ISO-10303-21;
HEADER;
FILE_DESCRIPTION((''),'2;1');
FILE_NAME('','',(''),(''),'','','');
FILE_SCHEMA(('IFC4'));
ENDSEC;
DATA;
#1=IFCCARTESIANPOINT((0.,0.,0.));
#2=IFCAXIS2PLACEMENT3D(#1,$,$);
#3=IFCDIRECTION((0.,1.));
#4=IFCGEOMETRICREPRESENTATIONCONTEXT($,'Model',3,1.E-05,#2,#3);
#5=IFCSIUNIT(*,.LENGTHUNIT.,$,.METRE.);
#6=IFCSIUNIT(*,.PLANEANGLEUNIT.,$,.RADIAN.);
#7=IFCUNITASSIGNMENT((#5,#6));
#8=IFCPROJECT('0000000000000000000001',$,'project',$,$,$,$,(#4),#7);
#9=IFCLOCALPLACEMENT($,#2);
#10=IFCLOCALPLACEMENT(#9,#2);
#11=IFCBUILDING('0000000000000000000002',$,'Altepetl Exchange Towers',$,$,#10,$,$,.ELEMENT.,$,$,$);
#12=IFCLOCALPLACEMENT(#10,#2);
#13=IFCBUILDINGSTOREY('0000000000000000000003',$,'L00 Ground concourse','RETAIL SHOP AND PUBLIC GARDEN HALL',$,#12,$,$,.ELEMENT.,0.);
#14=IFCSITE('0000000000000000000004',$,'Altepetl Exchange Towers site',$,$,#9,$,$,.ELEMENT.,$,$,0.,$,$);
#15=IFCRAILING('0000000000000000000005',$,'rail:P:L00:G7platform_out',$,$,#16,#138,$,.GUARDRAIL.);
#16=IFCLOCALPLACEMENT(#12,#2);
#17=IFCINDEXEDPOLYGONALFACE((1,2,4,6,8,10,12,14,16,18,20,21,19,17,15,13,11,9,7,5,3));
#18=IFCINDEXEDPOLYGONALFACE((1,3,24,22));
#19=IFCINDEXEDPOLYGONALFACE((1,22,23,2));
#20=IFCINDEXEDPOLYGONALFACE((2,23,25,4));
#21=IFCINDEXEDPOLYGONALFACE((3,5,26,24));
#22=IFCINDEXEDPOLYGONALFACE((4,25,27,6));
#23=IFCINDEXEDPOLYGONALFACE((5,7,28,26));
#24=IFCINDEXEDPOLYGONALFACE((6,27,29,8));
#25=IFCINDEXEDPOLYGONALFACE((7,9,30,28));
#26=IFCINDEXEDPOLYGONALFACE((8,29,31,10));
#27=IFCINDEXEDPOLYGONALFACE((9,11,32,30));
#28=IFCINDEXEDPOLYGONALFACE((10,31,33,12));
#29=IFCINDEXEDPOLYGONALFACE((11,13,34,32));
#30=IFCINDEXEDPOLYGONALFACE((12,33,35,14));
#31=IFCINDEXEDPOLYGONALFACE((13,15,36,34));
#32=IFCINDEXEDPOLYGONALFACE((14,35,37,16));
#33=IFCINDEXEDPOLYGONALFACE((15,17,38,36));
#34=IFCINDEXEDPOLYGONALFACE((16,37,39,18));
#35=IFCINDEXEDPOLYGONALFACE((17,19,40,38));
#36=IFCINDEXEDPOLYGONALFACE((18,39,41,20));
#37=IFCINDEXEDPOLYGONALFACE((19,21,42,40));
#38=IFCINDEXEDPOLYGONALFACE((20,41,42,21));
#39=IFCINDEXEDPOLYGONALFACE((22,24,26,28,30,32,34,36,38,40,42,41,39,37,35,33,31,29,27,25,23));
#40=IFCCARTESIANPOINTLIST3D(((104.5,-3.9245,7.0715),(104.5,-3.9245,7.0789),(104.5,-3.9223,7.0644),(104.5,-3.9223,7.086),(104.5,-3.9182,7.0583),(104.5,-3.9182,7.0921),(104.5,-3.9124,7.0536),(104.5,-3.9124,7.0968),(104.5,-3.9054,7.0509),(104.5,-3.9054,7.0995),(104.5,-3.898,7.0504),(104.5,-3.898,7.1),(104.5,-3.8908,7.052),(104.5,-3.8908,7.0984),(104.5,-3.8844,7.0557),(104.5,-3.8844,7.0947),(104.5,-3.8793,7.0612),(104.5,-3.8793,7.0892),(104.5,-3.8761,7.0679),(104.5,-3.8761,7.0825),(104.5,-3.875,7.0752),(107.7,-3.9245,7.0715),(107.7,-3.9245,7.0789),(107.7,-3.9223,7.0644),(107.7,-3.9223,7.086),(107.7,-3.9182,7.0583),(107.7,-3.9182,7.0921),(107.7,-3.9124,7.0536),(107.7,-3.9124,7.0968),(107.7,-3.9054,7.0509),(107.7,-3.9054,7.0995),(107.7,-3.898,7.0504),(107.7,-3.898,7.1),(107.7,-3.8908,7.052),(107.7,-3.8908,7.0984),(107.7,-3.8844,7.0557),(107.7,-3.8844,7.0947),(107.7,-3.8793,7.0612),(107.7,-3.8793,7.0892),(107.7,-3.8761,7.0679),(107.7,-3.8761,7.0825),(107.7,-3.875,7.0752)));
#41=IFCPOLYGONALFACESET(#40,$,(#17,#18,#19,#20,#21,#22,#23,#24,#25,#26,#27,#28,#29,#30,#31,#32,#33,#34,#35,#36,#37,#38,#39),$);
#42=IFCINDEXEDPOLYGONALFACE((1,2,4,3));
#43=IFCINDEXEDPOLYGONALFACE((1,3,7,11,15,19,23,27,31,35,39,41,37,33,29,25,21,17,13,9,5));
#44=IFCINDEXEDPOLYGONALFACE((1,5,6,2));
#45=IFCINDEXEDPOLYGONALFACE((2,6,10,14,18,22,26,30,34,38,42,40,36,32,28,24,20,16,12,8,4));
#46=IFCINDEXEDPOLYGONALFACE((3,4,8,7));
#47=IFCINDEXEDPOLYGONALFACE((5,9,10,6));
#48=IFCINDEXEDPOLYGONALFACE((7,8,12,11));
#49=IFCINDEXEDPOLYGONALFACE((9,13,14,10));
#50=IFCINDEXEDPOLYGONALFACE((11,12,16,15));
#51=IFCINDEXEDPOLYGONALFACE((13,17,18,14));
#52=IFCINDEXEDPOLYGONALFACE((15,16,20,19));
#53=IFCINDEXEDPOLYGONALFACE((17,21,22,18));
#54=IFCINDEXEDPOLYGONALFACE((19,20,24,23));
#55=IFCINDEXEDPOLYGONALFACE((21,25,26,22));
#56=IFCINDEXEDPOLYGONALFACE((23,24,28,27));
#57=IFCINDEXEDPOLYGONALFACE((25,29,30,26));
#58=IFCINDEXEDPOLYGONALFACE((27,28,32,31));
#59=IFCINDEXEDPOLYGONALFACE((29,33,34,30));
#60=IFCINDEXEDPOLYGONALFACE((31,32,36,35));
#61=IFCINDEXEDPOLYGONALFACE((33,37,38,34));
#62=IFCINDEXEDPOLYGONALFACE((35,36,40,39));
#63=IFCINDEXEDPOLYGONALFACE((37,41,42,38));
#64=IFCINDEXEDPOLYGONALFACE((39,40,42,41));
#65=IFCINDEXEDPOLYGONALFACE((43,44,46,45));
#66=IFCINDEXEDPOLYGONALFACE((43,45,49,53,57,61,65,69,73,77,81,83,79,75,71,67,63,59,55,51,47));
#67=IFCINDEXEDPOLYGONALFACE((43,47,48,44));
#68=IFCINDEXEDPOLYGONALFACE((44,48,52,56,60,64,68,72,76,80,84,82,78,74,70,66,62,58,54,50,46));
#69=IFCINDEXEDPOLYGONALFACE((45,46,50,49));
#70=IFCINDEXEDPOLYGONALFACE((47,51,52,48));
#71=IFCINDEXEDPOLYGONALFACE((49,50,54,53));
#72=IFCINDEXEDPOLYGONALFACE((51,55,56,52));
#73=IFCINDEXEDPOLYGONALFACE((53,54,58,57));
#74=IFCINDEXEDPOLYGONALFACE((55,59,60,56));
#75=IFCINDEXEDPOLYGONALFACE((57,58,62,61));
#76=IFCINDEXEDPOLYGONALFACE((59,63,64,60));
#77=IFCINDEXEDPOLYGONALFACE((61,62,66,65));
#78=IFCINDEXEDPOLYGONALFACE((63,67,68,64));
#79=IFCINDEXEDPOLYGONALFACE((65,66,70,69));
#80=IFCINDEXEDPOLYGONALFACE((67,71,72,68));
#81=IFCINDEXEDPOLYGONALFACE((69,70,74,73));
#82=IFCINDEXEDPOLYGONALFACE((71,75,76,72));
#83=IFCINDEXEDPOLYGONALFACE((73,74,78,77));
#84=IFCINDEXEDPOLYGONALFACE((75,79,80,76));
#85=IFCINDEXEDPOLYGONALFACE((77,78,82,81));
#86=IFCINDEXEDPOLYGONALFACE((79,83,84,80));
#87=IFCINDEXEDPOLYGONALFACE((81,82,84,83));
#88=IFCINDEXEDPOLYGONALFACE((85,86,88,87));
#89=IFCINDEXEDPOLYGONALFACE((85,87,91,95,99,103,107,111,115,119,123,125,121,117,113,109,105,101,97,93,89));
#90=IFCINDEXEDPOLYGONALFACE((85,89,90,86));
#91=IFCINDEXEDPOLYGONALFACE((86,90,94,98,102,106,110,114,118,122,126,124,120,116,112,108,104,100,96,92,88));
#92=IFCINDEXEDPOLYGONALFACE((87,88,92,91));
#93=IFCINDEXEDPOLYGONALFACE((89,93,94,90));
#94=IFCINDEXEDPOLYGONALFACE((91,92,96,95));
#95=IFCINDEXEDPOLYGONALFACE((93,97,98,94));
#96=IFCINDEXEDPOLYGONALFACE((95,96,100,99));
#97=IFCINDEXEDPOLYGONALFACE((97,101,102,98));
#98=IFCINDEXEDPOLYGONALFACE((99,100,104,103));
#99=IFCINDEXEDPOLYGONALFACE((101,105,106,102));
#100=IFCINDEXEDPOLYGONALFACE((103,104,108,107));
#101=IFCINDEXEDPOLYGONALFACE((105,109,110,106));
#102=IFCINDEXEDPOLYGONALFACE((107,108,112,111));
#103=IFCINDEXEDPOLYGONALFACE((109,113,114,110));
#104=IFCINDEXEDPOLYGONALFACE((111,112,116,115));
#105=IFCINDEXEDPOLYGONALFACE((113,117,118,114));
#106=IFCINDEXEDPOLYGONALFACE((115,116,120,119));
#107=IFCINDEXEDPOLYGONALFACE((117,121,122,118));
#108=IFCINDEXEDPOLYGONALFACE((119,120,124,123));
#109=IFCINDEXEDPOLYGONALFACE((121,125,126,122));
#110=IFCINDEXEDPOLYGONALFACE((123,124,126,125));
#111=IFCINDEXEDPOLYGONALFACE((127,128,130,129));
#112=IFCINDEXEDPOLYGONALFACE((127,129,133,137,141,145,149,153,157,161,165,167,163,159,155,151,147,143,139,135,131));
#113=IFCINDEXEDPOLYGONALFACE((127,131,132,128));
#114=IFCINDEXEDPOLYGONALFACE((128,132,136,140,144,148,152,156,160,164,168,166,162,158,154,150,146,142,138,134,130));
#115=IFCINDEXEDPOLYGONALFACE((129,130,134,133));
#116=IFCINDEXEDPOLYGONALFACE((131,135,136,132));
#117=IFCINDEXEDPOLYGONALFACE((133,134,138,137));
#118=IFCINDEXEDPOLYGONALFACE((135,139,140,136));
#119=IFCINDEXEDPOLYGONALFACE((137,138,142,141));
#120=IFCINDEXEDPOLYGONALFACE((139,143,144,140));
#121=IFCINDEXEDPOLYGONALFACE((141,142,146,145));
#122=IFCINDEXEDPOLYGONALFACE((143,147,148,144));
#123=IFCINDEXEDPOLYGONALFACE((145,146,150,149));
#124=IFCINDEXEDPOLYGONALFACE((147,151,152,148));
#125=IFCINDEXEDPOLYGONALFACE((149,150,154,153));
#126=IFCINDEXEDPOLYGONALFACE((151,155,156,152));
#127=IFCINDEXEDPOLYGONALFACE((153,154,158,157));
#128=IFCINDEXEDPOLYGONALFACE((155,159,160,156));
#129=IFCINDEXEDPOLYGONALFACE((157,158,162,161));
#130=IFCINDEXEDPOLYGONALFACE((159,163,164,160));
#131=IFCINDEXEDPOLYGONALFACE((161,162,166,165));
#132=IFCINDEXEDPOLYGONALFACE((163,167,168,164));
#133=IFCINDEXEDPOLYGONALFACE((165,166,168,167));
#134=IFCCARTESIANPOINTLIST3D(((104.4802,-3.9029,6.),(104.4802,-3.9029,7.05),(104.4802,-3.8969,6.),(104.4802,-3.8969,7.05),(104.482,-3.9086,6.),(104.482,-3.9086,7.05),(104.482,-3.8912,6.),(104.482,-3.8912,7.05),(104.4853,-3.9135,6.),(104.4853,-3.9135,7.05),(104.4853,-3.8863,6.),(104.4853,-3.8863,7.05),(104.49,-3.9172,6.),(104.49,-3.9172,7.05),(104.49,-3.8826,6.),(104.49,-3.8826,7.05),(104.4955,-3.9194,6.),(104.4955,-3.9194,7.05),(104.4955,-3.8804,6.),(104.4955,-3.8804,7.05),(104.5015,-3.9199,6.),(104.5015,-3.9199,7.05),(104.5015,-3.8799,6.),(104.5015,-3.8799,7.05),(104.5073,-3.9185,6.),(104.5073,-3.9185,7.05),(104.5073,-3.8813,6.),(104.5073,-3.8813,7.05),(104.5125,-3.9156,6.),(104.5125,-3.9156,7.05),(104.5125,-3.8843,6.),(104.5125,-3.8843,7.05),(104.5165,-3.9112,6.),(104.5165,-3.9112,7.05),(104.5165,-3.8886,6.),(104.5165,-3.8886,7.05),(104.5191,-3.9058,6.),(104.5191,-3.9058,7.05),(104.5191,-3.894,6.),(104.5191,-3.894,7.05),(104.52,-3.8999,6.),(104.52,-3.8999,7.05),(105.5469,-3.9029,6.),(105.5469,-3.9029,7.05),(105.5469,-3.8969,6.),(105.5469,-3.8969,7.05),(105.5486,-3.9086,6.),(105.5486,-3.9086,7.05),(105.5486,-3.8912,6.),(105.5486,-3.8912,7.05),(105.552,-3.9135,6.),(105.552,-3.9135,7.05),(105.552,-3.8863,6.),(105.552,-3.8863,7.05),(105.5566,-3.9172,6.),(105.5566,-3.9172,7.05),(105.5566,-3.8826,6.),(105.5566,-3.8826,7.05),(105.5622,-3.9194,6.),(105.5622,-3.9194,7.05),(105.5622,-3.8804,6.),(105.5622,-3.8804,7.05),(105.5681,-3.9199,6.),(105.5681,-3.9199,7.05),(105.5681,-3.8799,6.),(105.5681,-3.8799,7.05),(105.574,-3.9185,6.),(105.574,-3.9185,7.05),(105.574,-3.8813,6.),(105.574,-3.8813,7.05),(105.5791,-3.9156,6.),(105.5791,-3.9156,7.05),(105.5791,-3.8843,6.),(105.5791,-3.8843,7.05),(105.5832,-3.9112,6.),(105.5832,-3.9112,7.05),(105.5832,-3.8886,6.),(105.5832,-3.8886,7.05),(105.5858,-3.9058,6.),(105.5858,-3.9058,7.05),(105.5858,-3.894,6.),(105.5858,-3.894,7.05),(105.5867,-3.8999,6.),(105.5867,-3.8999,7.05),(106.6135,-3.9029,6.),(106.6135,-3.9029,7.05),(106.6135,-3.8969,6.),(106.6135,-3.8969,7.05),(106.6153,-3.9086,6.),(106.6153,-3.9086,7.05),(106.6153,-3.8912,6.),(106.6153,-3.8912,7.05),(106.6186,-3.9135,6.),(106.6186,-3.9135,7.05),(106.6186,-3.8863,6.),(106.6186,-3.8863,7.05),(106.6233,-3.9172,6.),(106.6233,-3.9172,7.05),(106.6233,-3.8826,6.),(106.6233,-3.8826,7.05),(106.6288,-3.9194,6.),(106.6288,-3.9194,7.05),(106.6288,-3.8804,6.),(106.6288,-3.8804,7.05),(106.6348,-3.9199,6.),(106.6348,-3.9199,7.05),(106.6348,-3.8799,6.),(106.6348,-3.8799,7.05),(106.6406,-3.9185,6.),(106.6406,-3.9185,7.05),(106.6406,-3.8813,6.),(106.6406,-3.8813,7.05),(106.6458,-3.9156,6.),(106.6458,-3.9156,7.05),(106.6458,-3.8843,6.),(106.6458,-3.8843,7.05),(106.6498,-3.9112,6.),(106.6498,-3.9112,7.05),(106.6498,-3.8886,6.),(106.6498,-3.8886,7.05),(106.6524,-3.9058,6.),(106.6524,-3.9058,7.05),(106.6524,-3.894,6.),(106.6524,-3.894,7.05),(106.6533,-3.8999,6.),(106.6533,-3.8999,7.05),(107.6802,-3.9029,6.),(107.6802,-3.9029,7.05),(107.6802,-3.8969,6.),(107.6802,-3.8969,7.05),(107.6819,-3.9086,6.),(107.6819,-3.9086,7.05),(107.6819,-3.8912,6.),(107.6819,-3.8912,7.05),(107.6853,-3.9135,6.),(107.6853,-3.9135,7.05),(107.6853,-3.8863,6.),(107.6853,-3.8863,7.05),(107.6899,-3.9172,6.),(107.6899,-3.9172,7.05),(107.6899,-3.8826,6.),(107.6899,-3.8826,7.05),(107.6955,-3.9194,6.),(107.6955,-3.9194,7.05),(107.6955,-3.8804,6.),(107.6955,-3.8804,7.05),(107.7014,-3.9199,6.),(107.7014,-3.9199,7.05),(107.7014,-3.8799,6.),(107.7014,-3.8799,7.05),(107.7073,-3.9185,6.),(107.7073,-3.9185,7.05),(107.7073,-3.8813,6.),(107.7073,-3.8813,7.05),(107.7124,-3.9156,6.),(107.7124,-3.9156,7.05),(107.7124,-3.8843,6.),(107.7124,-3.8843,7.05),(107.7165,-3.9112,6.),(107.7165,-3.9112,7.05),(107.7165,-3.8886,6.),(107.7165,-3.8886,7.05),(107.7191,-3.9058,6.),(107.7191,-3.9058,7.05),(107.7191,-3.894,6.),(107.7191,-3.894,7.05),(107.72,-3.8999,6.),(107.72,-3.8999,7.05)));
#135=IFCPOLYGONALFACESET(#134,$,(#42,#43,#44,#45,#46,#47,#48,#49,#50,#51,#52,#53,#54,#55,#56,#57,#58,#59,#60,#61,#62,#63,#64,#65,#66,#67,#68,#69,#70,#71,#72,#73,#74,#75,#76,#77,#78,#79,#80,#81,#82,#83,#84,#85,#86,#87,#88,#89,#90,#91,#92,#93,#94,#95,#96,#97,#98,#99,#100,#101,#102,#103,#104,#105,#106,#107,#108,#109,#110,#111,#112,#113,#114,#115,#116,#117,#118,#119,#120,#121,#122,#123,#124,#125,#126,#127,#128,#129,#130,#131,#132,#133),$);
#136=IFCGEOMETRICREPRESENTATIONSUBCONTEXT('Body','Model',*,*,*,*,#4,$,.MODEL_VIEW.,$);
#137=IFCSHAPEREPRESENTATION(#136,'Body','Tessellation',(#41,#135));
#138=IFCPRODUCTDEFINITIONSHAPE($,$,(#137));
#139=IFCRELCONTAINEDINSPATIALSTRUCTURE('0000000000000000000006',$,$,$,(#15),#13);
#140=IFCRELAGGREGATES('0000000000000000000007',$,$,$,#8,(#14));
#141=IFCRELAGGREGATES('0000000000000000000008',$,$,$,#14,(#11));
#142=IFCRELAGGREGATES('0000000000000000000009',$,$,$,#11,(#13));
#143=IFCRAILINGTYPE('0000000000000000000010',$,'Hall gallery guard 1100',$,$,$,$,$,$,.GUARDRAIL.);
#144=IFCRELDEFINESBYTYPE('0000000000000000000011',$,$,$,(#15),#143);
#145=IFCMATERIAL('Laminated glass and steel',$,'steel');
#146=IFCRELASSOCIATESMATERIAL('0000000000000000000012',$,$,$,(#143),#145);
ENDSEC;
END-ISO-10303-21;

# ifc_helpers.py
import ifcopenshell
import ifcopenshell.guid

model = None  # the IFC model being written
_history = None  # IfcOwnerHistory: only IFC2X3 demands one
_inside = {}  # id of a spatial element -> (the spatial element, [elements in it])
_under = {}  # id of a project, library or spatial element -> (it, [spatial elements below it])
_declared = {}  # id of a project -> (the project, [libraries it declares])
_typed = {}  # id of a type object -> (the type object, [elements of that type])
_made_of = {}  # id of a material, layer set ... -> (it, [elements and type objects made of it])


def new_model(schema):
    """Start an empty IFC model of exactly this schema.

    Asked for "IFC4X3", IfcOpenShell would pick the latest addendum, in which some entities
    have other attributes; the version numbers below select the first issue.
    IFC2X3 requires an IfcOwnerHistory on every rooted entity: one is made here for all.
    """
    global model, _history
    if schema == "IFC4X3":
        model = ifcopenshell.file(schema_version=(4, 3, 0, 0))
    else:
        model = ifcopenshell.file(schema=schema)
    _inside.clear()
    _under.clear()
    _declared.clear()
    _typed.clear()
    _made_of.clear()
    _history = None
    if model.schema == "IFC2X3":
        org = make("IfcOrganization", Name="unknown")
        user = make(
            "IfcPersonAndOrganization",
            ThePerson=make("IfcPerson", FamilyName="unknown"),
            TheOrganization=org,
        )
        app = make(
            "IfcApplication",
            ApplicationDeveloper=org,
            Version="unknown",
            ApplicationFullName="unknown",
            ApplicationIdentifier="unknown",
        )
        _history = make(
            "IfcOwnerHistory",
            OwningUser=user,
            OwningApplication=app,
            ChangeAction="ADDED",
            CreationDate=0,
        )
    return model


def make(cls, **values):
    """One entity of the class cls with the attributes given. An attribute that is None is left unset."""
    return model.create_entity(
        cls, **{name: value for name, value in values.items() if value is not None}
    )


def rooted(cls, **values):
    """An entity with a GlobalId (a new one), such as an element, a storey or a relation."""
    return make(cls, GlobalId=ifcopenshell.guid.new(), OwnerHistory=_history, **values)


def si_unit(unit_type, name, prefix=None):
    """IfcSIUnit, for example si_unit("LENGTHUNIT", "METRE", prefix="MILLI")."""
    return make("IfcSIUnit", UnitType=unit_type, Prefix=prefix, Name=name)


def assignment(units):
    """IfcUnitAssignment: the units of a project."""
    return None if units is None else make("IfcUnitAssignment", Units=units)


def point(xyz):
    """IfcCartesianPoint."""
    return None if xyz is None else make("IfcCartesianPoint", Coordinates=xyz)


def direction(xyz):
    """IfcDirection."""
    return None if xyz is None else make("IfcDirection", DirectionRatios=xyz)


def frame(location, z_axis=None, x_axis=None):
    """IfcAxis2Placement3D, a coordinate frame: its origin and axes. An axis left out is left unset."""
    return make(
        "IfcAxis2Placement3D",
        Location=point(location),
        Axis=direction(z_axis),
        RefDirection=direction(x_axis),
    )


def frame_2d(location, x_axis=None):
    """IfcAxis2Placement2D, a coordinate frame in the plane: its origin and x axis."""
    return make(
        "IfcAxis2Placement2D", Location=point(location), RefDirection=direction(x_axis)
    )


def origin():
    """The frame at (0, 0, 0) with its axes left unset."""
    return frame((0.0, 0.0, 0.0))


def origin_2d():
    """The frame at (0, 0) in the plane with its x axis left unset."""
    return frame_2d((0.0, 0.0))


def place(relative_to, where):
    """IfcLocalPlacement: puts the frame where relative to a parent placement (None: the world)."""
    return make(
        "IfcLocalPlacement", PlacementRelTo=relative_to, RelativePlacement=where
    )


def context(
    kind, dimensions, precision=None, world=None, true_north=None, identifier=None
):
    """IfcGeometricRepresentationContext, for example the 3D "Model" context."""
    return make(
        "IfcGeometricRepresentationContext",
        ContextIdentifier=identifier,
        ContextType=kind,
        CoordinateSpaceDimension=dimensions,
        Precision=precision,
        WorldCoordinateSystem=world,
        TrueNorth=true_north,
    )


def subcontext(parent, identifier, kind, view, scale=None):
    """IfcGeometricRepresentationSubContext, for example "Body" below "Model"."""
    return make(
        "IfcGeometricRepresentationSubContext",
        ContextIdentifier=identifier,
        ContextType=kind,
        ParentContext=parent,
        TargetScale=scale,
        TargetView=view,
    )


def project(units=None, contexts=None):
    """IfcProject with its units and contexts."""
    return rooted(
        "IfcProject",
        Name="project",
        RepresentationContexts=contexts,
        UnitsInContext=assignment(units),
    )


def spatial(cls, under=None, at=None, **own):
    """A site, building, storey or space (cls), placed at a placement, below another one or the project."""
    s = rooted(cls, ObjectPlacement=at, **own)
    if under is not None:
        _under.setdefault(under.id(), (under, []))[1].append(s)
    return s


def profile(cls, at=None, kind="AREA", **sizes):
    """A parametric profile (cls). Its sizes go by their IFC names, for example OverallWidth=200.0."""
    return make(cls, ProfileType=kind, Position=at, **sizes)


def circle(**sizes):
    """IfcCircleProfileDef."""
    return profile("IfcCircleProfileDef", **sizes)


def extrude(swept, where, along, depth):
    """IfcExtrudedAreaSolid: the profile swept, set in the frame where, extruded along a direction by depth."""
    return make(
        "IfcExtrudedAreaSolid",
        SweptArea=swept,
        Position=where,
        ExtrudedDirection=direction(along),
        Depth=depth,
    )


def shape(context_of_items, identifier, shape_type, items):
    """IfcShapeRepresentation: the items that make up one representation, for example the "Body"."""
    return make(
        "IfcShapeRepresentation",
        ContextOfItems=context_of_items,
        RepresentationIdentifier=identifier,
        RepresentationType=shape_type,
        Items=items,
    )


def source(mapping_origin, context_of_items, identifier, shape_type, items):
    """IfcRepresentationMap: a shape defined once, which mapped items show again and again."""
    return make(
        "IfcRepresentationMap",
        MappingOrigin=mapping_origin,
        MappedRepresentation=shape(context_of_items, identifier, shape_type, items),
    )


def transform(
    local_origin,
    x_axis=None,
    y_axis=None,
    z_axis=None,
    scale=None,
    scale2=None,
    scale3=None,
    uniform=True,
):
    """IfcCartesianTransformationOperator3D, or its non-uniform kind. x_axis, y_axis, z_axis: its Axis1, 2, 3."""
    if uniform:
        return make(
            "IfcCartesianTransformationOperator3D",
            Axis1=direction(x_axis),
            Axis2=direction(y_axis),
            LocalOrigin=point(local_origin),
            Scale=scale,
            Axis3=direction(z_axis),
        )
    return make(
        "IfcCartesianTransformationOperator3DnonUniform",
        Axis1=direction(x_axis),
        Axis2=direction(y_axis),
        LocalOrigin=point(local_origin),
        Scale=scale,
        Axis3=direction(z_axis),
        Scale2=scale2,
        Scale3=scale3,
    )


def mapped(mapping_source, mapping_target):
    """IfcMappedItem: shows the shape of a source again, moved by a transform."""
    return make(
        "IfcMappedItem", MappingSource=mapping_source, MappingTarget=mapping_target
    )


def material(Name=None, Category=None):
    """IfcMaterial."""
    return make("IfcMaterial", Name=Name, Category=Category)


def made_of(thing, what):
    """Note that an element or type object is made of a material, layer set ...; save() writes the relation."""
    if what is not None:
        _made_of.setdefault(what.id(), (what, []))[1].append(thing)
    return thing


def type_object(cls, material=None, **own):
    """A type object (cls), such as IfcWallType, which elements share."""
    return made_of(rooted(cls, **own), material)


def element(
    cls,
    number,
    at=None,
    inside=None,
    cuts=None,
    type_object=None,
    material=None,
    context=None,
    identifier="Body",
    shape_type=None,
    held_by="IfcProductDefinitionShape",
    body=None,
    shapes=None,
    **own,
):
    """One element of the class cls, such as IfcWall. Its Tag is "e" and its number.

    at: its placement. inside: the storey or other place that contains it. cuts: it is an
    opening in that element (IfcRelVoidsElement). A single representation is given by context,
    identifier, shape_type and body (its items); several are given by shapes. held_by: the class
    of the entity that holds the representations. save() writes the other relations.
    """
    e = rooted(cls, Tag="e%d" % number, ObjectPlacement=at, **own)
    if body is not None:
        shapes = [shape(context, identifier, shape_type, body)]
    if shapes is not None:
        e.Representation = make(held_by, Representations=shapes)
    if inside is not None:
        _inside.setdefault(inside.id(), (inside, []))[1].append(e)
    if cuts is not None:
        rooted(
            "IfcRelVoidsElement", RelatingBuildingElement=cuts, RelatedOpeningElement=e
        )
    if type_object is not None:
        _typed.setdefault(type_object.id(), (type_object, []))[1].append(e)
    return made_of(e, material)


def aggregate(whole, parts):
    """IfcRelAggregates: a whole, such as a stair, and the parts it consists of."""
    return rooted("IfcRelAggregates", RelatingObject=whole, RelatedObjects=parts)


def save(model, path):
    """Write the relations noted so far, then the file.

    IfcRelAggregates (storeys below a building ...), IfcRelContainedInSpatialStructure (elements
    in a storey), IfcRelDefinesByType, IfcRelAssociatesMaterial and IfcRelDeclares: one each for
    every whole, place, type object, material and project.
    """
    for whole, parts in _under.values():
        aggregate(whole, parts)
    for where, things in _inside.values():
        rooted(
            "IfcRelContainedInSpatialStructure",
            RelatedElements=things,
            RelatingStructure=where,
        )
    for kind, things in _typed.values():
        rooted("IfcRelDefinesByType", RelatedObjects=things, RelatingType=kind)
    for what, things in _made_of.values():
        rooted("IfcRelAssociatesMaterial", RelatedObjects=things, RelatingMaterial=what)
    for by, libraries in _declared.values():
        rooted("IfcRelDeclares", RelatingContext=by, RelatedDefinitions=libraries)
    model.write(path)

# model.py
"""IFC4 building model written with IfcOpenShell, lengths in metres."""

from ifc_helpers import new_model, si_unit, direction, frame, origin, origin_2d, place, context, subcontext, project, spatial, circle, extrude, source, transform, mapped, material, type_object, element, save


model = new_model("IFC4")

# Units and contexts
model_context = context("Model", 3, precision=1e-05, world=origin(), true_north=direction((0.0, 1.0)))
body_context = subcontext(model_context, "Body", "Model", "MODEL_VIEW")
ifc_project = project(units=[si_unit("LENGTHUNIT", "METRE"), si_unit("PLANEANGLEUNIT", "RADIAN")], contexts=[model_context])

# Site, building, storey
site_placement = place(None, origin())
site = spatial("IfcSite", under=ifc_project, at=site_placement, Name="Altepetl Exchange Towers site", CompositionType="ELEMENT", RefElevation=0.0)
building_placement = place(site_placement, origin())
building = spatial("IfcBuilding", under=site, at=building_placement, Name="Altepetl Exchange Towers", CompositionType="ELEMENT")
storey_placement = place(building_placement, origin())
storey = spatial("IfcBuildingStorey", under=building, at=storey_placement, Name="L00 Ground concourse", Description="RETAIL SHOP AND PUBLIC GARDEN HALL", CompositionType="ELEMENT", Elevation=0.0)

# Railing
ifc_material_1 = material(Name="Laminated glass and steel", Category="steel")
railing_type = type_object("IfcRailingType", Name="Hall gallery guard 1100", PredefinedType="GUARDRAIL", material=ifc_material_1)
shared_shape = source(origin(), body_context, "Body", "SweptSolid", [
    extrude(circle(Radius=0.02, at=origin_2d()), origin(), (0.0, 0.0, 1.0), 1.05),
])
railing_1_placement = place(storey_placement, frame((104.5, -3.8999, 6.0)))
element("IfcRailing", 1, at=railing_1_placement, inside=storey, type_object=railing_type, Name="rail:P:L00:G7platform_out", PredefinedType="GUARDRAIL", context=body_context, shape_type="SweptSolid", body=[
    extrude(circle(Radius=0.0249, at=origin_2d()), frame((0.0, 0.0, 1.0752), z_axis=(1.0, 0.0, 0.0), x_axis=(0.0, 1.0, 0.0)), (0.0, 0.0, 1.0), 3.2),
    mapped(shared_shape, transform((0.0, 0.0, 0.0))),
    mapped(shared_shape, transform((1.0667, 0.0, 0.0))),
    mapped(shared_shape, transform((2.1333, 0.0, 0.0))),
    mapped(shared_shape, transform((3.2, 0.0, 0.0))),
])

save(model, "model.ifc")
